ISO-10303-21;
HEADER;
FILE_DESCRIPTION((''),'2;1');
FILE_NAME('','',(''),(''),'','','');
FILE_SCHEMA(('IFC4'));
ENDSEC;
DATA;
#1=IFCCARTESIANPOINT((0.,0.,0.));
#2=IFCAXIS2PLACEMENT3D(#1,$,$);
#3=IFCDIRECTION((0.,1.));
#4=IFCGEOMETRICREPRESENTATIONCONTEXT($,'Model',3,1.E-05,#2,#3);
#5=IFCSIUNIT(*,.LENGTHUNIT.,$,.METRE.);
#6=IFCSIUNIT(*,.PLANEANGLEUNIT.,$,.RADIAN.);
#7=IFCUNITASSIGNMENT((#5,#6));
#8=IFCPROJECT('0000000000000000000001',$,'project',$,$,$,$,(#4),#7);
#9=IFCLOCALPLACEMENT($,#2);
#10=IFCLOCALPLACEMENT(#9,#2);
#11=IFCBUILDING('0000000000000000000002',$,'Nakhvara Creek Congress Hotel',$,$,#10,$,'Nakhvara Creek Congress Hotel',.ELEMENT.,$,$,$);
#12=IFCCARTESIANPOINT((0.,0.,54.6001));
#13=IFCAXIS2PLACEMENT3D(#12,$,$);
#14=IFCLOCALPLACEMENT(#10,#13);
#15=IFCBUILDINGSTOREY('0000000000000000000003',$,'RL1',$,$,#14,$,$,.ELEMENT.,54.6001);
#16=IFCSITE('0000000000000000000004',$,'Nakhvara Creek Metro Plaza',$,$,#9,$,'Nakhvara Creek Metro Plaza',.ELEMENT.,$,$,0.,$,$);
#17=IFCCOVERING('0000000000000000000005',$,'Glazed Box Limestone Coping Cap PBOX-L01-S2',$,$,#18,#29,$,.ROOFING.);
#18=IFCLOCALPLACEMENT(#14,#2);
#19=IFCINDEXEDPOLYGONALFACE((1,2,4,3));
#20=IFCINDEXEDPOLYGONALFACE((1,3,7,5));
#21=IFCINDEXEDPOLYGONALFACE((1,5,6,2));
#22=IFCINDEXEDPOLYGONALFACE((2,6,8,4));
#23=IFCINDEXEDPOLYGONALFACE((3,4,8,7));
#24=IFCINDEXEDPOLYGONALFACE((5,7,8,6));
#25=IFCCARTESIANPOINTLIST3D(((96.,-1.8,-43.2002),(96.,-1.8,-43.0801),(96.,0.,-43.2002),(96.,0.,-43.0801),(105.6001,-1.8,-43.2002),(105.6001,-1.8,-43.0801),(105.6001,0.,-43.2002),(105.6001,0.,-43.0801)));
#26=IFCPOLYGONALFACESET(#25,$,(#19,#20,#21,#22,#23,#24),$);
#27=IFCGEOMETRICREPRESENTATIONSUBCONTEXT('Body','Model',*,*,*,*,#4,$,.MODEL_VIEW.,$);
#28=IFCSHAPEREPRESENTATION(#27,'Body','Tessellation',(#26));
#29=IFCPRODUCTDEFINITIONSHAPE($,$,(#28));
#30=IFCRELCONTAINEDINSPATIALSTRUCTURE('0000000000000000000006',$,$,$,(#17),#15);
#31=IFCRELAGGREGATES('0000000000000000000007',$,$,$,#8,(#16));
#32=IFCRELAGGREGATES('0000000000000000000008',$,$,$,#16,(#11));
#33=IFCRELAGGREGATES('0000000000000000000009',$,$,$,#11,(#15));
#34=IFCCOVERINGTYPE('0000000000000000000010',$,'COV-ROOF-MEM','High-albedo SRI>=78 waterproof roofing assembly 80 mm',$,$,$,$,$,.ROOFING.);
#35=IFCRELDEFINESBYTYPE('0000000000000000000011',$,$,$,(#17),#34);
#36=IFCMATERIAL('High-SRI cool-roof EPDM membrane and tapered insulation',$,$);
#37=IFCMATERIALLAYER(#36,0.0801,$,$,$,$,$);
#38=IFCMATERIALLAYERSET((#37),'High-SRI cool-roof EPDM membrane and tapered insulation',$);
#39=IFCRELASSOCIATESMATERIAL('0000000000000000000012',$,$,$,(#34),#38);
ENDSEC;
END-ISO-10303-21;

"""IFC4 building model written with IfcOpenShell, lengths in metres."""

from ifc_helpers import new_model, si_unit, direction, frame, origin, place, context, subcontext, project, spatial, polyline, outline, extrude, material, layer, layer_set, type_object, element, save


model = new_model("IFC4")

# Units and contexts
model_context = context("Model", 3, precision=1e-05, world=origin(), true_north=direction((0.0, 1.0)))
body_context = subcontext(model_context, "Body", "Model", "MODEL_VIEW")
ifc_project = project(units=[si_unit("LENGTHUNIT", "METRE"), si_unit("PLANEANGLEUNIT", "RADIAN")], contexts=[model_context])

# Site, building, storey
site_placement = place(None, origin())
site = spatial("IfcSite", under=ifc_project, at=site_placement, Name="Nakhvara Creek Metro Plaza", LongName="Nakhvara Creek Metro Plaza", CompositionType="ELEMENT", RefElevation=0.0)
building_placement = place(site_placement, origin())
building = spatial("IfcBuilding", under=site, at=building_placement, Name="Nakhvara Creek Congress Hotel", LongName="Nakhvara Creek Congress Hotel", CompositionType="ELEMENT")
storey_placement = place(building_placement, frame((0.0, 0.0, 54.6001)))
storey = spatial("IfcBuildingStorey", under=building, at=storey_placement, Name="RL1", CompositionType="ELEMENT", Elevation=54.6001)

# Covering
ifc_material_1 = material(Name="High-SRI cool-roof EPDM membrane and tapered insulation")
ifc_layer_1 = layer(ifc_material_1, 0.0801)
ifc_layer_set_1 = layer_set([ifc_layer_1], Name="High-SRI cool-roof EPDM membrane and tapered insulation")
covering_type = type_object("IfcCoveringType", Name="COV-ROOF-MEM", Description="High-albedo SRI>=78 waterproof roofing assembly 80 mm", PredefinedType="ROOFING", material=ifc_layer_set_1)
covering_1_placement = place(storey_placement, frame((0.0, 0.0, -43.2002)))
element("IfcCovering", 1, at=covering_1_placement, inside=storey, type_object=covering_type, Name="Glazed Box Limestone Coping Cap PBOX-L01-S2", PredefinedType="ROOFING", context=body_context, shape_type="SweptSolid", body=[
    extrude(outline(polyline([(96.0, -1.8), (105.6001, -1.8), (105.6001, 0.0), (96.0, 0.0), (96.0, -1.8)])), origin(), (0.0, 0.0, 1.0), 0.1201),
])

save(model, "model.ifc")
